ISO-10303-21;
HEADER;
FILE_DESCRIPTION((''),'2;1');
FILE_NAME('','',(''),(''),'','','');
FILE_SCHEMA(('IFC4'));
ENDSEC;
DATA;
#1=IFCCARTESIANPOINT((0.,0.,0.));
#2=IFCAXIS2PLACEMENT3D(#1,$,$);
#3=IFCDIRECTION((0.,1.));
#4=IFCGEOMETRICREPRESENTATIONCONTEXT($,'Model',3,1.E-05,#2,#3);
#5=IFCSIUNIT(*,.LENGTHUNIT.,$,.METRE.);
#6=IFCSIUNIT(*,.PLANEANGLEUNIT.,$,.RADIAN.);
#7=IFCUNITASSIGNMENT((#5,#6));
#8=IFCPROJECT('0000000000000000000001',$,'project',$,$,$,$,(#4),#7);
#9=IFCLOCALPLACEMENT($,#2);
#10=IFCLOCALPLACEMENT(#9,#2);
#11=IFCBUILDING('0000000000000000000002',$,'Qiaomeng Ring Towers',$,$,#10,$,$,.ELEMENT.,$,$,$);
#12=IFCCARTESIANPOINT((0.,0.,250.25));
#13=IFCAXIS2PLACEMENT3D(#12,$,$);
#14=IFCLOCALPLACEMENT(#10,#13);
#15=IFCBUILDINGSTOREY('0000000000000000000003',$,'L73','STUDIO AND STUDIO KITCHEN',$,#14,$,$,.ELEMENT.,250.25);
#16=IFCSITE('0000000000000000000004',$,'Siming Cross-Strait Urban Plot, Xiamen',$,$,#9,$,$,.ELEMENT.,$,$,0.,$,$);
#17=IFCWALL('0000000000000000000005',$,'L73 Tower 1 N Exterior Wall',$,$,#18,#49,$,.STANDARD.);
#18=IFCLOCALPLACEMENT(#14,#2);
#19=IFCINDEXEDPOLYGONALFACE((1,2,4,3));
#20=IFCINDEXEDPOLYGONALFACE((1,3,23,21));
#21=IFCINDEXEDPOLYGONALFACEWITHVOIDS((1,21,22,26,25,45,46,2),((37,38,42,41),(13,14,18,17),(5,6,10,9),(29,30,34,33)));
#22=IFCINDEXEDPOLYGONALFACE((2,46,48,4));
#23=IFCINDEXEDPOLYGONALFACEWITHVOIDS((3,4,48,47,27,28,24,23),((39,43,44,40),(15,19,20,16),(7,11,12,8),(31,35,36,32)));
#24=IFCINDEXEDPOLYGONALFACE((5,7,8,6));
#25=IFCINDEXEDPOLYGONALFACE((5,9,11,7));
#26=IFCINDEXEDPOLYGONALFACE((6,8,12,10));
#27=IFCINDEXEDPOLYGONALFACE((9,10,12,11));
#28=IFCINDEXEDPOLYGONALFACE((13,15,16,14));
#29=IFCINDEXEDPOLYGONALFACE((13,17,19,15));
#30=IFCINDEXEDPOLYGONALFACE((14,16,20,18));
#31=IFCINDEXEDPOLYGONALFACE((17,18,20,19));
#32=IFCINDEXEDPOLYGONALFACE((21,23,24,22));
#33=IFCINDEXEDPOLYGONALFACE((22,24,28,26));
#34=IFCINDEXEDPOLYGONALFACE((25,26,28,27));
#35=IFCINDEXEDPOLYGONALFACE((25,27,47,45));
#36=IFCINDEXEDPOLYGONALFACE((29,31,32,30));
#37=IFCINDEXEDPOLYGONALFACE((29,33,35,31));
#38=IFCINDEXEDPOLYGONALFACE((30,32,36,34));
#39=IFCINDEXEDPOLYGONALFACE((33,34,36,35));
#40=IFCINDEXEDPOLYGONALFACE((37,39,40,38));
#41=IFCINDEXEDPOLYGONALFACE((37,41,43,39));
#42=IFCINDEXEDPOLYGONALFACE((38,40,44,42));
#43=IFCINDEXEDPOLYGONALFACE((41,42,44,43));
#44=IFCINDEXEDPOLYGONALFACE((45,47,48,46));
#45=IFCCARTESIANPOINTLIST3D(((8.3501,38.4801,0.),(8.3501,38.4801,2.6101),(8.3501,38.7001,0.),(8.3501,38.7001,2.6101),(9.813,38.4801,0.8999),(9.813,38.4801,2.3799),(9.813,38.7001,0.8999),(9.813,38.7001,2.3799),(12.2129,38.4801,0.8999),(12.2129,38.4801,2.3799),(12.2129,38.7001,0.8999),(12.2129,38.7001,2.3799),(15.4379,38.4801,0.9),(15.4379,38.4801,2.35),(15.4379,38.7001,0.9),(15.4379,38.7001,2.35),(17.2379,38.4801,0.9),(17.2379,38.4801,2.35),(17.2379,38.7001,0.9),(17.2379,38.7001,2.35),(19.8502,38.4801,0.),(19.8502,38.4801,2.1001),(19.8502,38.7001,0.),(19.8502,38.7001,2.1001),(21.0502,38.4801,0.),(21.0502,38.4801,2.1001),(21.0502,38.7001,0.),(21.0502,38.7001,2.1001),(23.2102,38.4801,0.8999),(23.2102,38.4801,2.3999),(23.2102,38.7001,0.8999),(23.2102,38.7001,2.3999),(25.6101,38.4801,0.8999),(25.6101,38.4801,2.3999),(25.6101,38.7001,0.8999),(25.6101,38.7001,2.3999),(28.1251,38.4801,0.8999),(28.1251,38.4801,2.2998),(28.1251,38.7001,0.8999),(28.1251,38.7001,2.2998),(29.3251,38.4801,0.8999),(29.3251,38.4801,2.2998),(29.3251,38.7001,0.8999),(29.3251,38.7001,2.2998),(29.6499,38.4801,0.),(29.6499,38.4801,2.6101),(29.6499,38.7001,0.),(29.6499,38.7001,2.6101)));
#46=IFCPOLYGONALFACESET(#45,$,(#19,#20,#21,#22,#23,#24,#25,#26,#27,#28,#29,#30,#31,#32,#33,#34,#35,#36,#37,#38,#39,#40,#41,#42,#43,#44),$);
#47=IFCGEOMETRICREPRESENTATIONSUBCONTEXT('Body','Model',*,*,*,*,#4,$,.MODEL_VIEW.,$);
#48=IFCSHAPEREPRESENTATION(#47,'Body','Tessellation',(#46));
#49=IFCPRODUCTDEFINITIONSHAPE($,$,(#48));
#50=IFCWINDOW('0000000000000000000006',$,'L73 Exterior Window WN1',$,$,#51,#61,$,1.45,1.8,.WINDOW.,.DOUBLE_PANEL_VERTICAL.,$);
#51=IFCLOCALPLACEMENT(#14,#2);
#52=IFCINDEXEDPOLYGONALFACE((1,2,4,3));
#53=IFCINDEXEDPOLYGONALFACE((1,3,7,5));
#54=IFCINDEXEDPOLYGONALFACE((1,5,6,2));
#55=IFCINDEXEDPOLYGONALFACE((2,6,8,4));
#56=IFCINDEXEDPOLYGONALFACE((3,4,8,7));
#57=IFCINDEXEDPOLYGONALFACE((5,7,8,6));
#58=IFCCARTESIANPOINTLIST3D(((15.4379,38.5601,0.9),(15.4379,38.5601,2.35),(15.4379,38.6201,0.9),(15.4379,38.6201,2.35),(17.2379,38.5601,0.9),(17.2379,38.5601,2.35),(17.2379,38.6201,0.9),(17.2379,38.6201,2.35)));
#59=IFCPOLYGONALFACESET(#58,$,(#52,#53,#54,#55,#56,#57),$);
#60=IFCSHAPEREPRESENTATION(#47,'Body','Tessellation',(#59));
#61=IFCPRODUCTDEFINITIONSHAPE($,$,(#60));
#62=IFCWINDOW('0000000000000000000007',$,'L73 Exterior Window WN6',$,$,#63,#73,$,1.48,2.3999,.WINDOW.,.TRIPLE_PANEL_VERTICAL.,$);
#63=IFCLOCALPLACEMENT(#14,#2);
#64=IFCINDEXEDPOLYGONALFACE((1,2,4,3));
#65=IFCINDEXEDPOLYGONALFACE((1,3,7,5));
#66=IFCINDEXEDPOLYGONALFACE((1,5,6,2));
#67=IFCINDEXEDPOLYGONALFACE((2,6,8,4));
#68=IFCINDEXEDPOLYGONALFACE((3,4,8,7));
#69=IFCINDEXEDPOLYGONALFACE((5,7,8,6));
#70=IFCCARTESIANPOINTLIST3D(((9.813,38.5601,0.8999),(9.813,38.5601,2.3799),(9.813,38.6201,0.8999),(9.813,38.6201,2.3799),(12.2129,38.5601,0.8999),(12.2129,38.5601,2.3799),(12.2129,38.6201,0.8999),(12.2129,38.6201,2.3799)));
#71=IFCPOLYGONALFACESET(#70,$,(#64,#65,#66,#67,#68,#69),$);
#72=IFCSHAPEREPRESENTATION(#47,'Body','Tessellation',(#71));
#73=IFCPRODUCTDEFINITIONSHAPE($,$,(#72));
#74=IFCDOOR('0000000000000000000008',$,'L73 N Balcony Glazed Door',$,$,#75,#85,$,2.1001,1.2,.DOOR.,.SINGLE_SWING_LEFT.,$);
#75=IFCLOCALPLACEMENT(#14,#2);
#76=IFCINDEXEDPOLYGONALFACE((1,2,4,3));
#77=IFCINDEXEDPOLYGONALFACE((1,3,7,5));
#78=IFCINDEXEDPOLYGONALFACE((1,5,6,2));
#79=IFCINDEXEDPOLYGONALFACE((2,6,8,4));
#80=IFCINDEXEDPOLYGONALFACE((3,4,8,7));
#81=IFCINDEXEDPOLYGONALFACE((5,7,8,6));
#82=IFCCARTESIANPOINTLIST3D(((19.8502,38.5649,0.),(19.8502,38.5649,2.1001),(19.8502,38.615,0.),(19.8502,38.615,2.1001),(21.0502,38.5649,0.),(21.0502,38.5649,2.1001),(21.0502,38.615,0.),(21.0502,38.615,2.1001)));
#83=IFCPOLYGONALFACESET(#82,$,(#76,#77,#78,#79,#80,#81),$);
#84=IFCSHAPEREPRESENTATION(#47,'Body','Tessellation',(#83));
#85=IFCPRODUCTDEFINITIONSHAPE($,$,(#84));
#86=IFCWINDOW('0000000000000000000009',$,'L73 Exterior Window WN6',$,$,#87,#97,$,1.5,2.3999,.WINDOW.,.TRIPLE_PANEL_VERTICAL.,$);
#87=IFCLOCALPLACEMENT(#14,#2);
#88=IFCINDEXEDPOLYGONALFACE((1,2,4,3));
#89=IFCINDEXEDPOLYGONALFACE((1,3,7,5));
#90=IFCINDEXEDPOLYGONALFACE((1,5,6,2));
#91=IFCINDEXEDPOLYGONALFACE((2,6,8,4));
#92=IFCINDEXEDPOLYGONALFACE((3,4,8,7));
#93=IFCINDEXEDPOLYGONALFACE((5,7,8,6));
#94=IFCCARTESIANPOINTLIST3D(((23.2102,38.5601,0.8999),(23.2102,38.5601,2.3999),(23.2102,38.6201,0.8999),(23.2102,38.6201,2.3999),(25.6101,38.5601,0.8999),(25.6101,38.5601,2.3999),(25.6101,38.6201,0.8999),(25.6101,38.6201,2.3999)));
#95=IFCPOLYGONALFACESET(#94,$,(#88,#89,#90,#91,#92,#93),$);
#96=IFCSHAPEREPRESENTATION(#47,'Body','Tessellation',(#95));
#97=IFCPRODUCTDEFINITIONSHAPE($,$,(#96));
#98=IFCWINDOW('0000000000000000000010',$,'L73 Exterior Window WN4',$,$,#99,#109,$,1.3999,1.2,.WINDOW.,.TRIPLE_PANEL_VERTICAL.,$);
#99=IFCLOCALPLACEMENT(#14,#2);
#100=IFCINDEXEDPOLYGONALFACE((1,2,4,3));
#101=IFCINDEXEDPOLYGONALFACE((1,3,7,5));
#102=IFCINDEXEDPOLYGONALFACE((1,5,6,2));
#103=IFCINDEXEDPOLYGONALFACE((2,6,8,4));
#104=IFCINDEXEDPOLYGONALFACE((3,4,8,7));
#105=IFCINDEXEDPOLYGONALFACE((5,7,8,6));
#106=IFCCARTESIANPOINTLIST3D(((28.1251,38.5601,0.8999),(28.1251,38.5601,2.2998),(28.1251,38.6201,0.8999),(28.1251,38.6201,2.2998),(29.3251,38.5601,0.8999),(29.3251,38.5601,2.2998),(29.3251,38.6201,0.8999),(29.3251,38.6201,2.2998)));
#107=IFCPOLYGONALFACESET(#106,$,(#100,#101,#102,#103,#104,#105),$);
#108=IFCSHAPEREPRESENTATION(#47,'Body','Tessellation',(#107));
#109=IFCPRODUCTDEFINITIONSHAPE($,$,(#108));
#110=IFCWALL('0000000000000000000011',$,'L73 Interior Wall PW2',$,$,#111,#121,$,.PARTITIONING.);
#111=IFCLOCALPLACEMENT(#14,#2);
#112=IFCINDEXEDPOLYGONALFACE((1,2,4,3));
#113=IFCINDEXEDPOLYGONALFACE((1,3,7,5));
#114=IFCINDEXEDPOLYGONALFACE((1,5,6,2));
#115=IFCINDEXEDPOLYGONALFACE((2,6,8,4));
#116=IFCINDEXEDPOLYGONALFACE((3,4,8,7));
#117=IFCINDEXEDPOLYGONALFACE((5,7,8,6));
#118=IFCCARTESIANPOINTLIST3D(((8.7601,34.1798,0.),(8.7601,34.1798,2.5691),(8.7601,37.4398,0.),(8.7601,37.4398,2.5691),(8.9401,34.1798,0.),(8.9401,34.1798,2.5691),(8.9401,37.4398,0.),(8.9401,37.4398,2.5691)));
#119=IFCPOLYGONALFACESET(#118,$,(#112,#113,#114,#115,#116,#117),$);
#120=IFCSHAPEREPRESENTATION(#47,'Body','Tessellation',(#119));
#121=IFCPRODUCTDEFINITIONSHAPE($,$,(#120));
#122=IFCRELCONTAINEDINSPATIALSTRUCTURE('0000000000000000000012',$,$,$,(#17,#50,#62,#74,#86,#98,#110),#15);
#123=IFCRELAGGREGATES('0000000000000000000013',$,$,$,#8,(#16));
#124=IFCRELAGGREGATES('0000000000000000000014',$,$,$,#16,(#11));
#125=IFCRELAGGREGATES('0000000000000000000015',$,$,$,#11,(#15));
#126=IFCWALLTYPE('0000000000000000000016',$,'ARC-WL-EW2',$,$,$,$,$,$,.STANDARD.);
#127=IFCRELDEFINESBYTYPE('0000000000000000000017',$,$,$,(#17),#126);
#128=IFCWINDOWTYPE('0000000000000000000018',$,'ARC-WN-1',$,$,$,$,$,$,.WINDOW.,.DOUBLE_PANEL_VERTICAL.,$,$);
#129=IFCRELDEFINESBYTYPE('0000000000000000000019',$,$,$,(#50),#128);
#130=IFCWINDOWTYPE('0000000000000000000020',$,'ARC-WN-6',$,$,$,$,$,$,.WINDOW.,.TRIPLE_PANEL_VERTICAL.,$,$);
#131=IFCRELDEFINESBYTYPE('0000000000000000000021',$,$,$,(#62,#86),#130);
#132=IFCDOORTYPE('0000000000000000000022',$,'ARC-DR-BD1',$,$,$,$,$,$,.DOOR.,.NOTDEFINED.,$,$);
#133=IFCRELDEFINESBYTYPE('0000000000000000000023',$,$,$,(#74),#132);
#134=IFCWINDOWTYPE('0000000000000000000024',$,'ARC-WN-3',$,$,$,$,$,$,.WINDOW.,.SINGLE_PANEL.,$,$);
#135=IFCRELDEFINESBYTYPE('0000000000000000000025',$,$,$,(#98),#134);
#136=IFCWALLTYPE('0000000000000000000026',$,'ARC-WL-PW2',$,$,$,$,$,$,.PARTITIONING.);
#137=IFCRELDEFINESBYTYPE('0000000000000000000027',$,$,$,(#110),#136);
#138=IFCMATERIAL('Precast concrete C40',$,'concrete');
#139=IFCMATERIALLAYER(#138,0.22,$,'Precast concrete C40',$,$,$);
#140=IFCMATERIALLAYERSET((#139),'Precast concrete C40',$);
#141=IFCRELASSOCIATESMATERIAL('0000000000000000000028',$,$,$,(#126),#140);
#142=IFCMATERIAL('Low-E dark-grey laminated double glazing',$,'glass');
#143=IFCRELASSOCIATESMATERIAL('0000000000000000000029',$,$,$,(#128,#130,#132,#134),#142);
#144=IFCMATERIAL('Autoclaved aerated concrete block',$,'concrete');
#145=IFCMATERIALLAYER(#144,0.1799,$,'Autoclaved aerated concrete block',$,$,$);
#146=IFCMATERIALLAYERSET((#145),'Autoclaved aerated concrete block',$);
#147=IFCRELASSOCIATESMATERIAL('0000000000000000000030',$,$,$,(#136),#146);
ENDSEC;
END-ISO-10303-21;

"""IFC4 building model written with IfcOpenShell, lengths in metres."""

from ifc_helpers import new_model, si_unit, direction, frame, frame_2d, origin, place, context, subcontext, project, spatial, rectangle, extrude, source, transform, mapped, material, layer, layer_set, type_object, element, fill, save


model = new_model("IFC4")

# Units and contexts
model_context = context("Model", 3, precision=1e-05, world=origin(), true_north=direction((0.0, 1.0)))
body_context = subcontext(model_context, "Body", "Model", "MODEL_VIEW")
ifc_project = project(units=[si_unit("LENGTHUNIT", "METRE"), si_unit("PLANEANGLEUNIT", "RADIAN")], contexts=[model_context])

# Site, building, storey
site_placement = place(None, origin())
site = spatial("IfcSite", under=ifc_project, at=site_placement, Name="Siming Cross-Strait Urban Plot, Xiamen", CompositionType="ELEMENT", RefElevation=0.0)
building_placement = place(site_placement, origin())
building = spatial("IfcBuilding", under=site, at=building_placement, Name="Qiaomeng Ring Towers", CompositionType="ELEMENT")
storey_placement = place(building_placement, frame((0.0, 0.0, 250.25)))
storey = spatial("IfcBuildingStorey", under=building, at=storey_placement, Name="L73", Description="STUDIO AND STUDIO KITCHEN", CompositionType="ELEMENT", Elevation=250.25)

# Shared definitions
ifc_material_1 = material(Name="Low-E dark-grey laminated double glazing", Category="glass")

# Wall, openings, windows, door
ifc_material_2 = material(Name="Precast concrete C40", Category="concrete")
ifc_layer_1 = layer(ifc_material_2, 0.22, Name="Precast concrete C40")
ifc_layer_set_1 = layer_set([ifc_layer_1], Name="Precast concrete C40")
wall_type_1 = type_object("IfcWallType", Name="ARC-WL-EW2", PredefinedType="STANDARD", material=ifc_layer_set_1)
wall_1_placement = place(storey_placement, frame((8.3501, 38.5901, 0.0), z_axis=(0.0, 0.0, 1.0), x_axis=(1.0, 0.0, 0.0)))
wall_1 = element("IfcWall", 1, at=wall_1_placement, inside=storey, type_object=wall_type_1, Name="L73 Tower 1 N Exterior Wall", PredefinedType="STANDARD", context=body_context, shape_type="SweptSolid", body=[
    extrude(rectangle(XDim=21.2998, YDim=0.22, at=frame_2d((10.6499, 0.0))), origin(), (0.0, 0.0, 1.0), 2.6101),
])
opening_1_placement = place(wall_1_placement, frame((11.5, 0.0, 0.0)))
opening_1 = element("IfcOpeningElement", 2, at=opening_1_placement, cuts=wall_1, PredefinedType="OPENING", context=body_context, shape_type="SweptSolid", body=[
    extrude(rectangle(XDim=1.2, YDim=2.1001, at=frame_2d((0.6001, 1.05))), frame((0.0, 0.1199, 0.0), z_axis=(0.0, -1.0, 0.0), x_axis=(1.0, 0.0, 0.0)), (0.0, 0.0, 1.0), 0.24),
])
opening_2_placement = place(wall_1_placement, frame((1.4629, 0.0, 0.8999)))
opening_2 = element("IfcOpeningElement", 3, at=opening_2_placement, cuts=wall_1, PredefinedType="OPENING", context=body_context, shape_type="SweptSolid", body=[
    extrude(rectangle(XDim=2.3999, YDim=1.48, at=frame_2d((1.2, 0.74))), frame((0.0, 0.1199, 0.0), z_axis=(0.0, -1.0, 0.0), x_axis=(1.0, 0.0, 0.0)), (0.0, 0.0, 1.0), 0.24),
])
opening_3_placement = place(wall_1_placement, frame((7.0879, 0.0, 0.8999)))
opening_3 = element("IfcOpeningElement", 4, at=opening_3_placement, cuts=wall_1, PredefinedType="OPENING", context=body_context, shape_type="SweptSolid", body=[
    extrude(rectangle(XDim=1.8, YDim=1.45, at=frame_2d((0.8999, 0.7251))), frame((0.0, 0.1199, 0.0), z_axis=(0.0, -1.0, 0.0), x_axis=(1.0, 0.0, 0.0)), (0.0, 0.0, 1.0), 0.24),
])
opening_4_placement = place(wall_1_placement, frame((19.7749, 0.0, 0.8999)))
opening_4 = element("IfcOpeningElement", 5, at=opening_4_placement, cuts=wall_1, PredefinedType="OPENING", context=body_context, shape_type="SweptSolid", body=[
    extrude(rectangle(XDim=1.2, YDim=1.3999, at=frame_2d((0.6001, 0.7))), frame((0.0, 0.1199, 0.0), z_axis=(0.0, -1.0, 0.0), x_axis=(1.0, 0.0, 0.0)), (0.0, 0.0, 1.0), 0.24),
])
opening_5_placement = place(wall_1_placement, frame((14.8601, 0.0, 0.8999)))
opening_5 = element("IfcOpeningElement", 6, at=opening_5_placement, cuts=wall_1, PredefinedType="OPENING", context=body_context, shape_type="SweptSolid", body=[
    extrude(rectangle(XDim=2.3999, YDim=1.5, at=frame_2d((1.2, 0.75))), frame((0.0, 0.1199, 0.0), z_axis=(0.0, -1.0, 0.0), x_axis=(1.0, 0.0, 0.0)), (0.0, 0.0, 1.0), 0.24),
])
window_type_1 = type_object("IfcWindowType", Name="ARC-WN-1", PartitioningType="DOUBLE_PANEL_VERTICAL", PredefinedType="WINDOW", material=ifc_material_1)
shared_shape_1 = source(origin(), body_context, "Body", "SweptSolid", [
    extrude(rectangle(XDim=1.8, YDim=1.45, at=frame_2d((0.8999, 0.7251))), frame((0.0, 0.03, 0.0), z_axis=(0.0, -1.0, 0.0), x_axis=(1.0, 0.0, 0.0)), (0.0, 0.0, 1.0), 0.0601),
])
window_1_placement = place(opening_3_placement, origin())
window_1 = element("IfcWindow", 7, at=window_1_placement, inside=storey, type_object=window_type_1, Name="L73 Exterior Window WN1", OverallHeight=1.45, OverallWidth=1.8, PartitioningType="DOUBLE_PANEL_VERTICAL", PredefinedType="WINDOW", context=body_context, shape_type="MappedRepresentation", body=[
    mapped(shared_shape_1, transform((0.0, 0.0, 0.0), x_axis=(1.0, 0.0, 0.0), y_axis=(0.0, 1.0, 0.0), z_axis=(0.0, 0.0, 1.0), scale=1.0)),
])
fill(opening_3, window_1)
window_type_2 = type_object("IfcWindowType", Name="ARC-WN-6", PartitioningType="TRIPLE_PANEL_VERTICAL", PredefinedType="WINDOW", material=ifc_material_1)
shared_shape_2 = source(origin(), body_context, "Body", "SweptSolid", [
    extrude(rectangle(XDim=2.3999, YDim=1.48, at=frame_2d((1.2, 0.74))), frame((0.0, 0.03, 0.0), z_axis=(0.0, -1.0, 0.0), x_axis=(1.0, 0.0, 0.0)), (0.0, 0.0, 1.0), 0.0601),
])
window_2_placement = place(opening_2_placement, origin())
window_2 = element("IfcWindow", 8, at=window_2_placement, inside=storey, type_object=window_type_2, Name="L73 Exterior Window WN6", OverallHeight=1.48, OverallWidth=2.3999, PartitioningType="TRIPLE_PANEL_VERTICAL", PredefinedType="WINDOW", context=body_context, shape_type="MappedRepresentation", body=[
    mapped(shared_shape_2, transform((0.0, 0.0, 0.0), x_axis=(1.0, 0.0, 0.0), y_axis=(0.0, 1.0, 0.0), z_axis=(0.0, 0.0, 1.0), scale=1.0)),
])
fill(opening_2, window_2)
door_type_1 = type_object("IfcDoorType", Name="ARC-DR-BD1", OperationType="NOTDEFINED", PredefinedType="DOOR", material=ifc_material_1)
shared_shape_3 = source(origin(), body_context, "Body", "SweptSolid", [
    extrude(rectangle(XDim=1.2, YDim=2.1001, at=frame_2d((0.6001, 1.05))), frame((0.0, 0.0249, 0.0), z_axis=(0.0, -1.0, 0.0), x_axis=(1.0, 0.0, 0.0)), (0.0, 0.0, 1.0), 0.05),
])
door_1_placement = place(opening_1_placement, origin())
door_1 = element("IfcDoor", 9, at=door_1_placement, inside=storey, type_object=door_type_1, Name="L73 N Balcony Glazed Door", OperationType="SINGLE_SWING_LEFT", OverallHeight=2.1001, OverallWidth=1.2, PredefinedType="DOOR", context=body_context, shape_type="MappedRepresentation", body=[
    mapped(shared_shape_3, transform((0.0, 0.0, 0.0), x_axis=(1.0, 0.0, 0.0), y_axis=(0.0, 1.0, 0.0), z_axis=(0.0, 0.0, 1.0), scale=1.0)),
])
fill(opening_1, door_1)
shared_shape_4 = source(origin(), body_context, "Body", "SweptSolid", [
    extrude(rectangle(XDim=2.3999, YDim=1.5, at=frame_2d((1.2, 0.75))), frame((0.0, 0.03, 0.0), z_axis=(0.0, -1.0, 0.0), x_axis=(1.0, 0.0, 0.0)), (0.0, 0.0, 1.0), 0.0601),
])
window_3_placement = place(opening_5_placement, origin())
window_3 = element("IfcWindow", 10, at=window_3_placement, inside=storey, type_object=window_type_2, Name="L73 Exterior Window WN6", OverallHeight=1.5, OverallWidth=2.3999, PartitioningType="TRIPLE_PANEL_VERTICAL", PredefinedType="WINDOW", context=body_context, shape_type="MappedRepresentation", body=[
    mapped(shared_shape_4, transform((0.0, 0.0, 0.0), x_axis=(1.0, 0.0, 0.0), y_axis=(0.0, 1.0, 0.0), z_axis=(0.0, 0.0, 1.0), scale=1.0)),
])
fill(opening_5, window_3)
window_type_3 = type_object("IfcWindowType", Name="ARC-WN-3", PartitioningType="SINGLE_PANEL", PredefinedType="WINDOW", material=ifc_material_1)
shared_shape_5 = source(origin(), body_context, "Body", "SweptSolid", [
    extrude(rectangle(XDim=1.2, YDim=1.3999, at=frame_2d((0.6001, 0.7))), frame((0.0, 0.03, 0.0), z_axis=(0.0, -1.0, 0.0), x_axis=(1.0, 0.0, 0.0)), (0.0, 0.0, 1.0), 0.0601),
])
window_4_placement = place(opening_4_placement, origin())
window_4 = element("IfcWindow", 11, at=window_4_placement, inside=storey, type_object=window_type_3, Name="L73 Exterior Window WN4", OverallHeight=1.3999, OverallWidth=1.2, PartitioningType="TRIPLE_PANEL_VERTICAL", PredefinedType="WINDOW", context=body_context, shape_type="MappedRepresentation", body=[
    mapped(shared_shape_5, transform((0.0, 0.0, 0.0), x_axis=(1.0, 0.0, 0.0), y_axis=(0.0, 1.0, 0.0), z_axis=(0.0, 0.0, 1.0), scale=1.0)),
])
fill(opening_4, window_4)

# Wall
ifc_material_3 = material(Name="Autoclaved aerated concrete block", Category="concrete")
ifc_layer_2 = layer(ifc_material_3, 0.1799, Name="Autoclaved aerated concrete block")
ifc_layer_set_2 = layer_set([ifc_layer_2], Name="Autoclaved aerated concrete block")
wall_type_2 = type_object("IfcWallType", Name="ARC-WL-PW2", PredefinedType="PARTITIONING", material=ifc_layer_set_2)
wall_2_placement = place(storey_placement, frame((8.8501, 34.1799, 0.0), z_axis=(0.0, 0.0, 1.0), x_axis=(0.0, 1.0, 0.0)))
element("IfcWall", 12, at=wall_2_placement, inside=storey, type_object=wall_type_2, Name="L73 Interior Wall PW2", PredefinedType="PARTITIONING", context=body_context, shape_type="SweptSolid", body=[
    extrude(rectangle(XDim=3.26, YDim=0.1799, at=frame_2d((1.6299, 0.0))), origin(), (0.0, 0.0, 1.0), 2.5691),
])

save(model, "model.ifc")
